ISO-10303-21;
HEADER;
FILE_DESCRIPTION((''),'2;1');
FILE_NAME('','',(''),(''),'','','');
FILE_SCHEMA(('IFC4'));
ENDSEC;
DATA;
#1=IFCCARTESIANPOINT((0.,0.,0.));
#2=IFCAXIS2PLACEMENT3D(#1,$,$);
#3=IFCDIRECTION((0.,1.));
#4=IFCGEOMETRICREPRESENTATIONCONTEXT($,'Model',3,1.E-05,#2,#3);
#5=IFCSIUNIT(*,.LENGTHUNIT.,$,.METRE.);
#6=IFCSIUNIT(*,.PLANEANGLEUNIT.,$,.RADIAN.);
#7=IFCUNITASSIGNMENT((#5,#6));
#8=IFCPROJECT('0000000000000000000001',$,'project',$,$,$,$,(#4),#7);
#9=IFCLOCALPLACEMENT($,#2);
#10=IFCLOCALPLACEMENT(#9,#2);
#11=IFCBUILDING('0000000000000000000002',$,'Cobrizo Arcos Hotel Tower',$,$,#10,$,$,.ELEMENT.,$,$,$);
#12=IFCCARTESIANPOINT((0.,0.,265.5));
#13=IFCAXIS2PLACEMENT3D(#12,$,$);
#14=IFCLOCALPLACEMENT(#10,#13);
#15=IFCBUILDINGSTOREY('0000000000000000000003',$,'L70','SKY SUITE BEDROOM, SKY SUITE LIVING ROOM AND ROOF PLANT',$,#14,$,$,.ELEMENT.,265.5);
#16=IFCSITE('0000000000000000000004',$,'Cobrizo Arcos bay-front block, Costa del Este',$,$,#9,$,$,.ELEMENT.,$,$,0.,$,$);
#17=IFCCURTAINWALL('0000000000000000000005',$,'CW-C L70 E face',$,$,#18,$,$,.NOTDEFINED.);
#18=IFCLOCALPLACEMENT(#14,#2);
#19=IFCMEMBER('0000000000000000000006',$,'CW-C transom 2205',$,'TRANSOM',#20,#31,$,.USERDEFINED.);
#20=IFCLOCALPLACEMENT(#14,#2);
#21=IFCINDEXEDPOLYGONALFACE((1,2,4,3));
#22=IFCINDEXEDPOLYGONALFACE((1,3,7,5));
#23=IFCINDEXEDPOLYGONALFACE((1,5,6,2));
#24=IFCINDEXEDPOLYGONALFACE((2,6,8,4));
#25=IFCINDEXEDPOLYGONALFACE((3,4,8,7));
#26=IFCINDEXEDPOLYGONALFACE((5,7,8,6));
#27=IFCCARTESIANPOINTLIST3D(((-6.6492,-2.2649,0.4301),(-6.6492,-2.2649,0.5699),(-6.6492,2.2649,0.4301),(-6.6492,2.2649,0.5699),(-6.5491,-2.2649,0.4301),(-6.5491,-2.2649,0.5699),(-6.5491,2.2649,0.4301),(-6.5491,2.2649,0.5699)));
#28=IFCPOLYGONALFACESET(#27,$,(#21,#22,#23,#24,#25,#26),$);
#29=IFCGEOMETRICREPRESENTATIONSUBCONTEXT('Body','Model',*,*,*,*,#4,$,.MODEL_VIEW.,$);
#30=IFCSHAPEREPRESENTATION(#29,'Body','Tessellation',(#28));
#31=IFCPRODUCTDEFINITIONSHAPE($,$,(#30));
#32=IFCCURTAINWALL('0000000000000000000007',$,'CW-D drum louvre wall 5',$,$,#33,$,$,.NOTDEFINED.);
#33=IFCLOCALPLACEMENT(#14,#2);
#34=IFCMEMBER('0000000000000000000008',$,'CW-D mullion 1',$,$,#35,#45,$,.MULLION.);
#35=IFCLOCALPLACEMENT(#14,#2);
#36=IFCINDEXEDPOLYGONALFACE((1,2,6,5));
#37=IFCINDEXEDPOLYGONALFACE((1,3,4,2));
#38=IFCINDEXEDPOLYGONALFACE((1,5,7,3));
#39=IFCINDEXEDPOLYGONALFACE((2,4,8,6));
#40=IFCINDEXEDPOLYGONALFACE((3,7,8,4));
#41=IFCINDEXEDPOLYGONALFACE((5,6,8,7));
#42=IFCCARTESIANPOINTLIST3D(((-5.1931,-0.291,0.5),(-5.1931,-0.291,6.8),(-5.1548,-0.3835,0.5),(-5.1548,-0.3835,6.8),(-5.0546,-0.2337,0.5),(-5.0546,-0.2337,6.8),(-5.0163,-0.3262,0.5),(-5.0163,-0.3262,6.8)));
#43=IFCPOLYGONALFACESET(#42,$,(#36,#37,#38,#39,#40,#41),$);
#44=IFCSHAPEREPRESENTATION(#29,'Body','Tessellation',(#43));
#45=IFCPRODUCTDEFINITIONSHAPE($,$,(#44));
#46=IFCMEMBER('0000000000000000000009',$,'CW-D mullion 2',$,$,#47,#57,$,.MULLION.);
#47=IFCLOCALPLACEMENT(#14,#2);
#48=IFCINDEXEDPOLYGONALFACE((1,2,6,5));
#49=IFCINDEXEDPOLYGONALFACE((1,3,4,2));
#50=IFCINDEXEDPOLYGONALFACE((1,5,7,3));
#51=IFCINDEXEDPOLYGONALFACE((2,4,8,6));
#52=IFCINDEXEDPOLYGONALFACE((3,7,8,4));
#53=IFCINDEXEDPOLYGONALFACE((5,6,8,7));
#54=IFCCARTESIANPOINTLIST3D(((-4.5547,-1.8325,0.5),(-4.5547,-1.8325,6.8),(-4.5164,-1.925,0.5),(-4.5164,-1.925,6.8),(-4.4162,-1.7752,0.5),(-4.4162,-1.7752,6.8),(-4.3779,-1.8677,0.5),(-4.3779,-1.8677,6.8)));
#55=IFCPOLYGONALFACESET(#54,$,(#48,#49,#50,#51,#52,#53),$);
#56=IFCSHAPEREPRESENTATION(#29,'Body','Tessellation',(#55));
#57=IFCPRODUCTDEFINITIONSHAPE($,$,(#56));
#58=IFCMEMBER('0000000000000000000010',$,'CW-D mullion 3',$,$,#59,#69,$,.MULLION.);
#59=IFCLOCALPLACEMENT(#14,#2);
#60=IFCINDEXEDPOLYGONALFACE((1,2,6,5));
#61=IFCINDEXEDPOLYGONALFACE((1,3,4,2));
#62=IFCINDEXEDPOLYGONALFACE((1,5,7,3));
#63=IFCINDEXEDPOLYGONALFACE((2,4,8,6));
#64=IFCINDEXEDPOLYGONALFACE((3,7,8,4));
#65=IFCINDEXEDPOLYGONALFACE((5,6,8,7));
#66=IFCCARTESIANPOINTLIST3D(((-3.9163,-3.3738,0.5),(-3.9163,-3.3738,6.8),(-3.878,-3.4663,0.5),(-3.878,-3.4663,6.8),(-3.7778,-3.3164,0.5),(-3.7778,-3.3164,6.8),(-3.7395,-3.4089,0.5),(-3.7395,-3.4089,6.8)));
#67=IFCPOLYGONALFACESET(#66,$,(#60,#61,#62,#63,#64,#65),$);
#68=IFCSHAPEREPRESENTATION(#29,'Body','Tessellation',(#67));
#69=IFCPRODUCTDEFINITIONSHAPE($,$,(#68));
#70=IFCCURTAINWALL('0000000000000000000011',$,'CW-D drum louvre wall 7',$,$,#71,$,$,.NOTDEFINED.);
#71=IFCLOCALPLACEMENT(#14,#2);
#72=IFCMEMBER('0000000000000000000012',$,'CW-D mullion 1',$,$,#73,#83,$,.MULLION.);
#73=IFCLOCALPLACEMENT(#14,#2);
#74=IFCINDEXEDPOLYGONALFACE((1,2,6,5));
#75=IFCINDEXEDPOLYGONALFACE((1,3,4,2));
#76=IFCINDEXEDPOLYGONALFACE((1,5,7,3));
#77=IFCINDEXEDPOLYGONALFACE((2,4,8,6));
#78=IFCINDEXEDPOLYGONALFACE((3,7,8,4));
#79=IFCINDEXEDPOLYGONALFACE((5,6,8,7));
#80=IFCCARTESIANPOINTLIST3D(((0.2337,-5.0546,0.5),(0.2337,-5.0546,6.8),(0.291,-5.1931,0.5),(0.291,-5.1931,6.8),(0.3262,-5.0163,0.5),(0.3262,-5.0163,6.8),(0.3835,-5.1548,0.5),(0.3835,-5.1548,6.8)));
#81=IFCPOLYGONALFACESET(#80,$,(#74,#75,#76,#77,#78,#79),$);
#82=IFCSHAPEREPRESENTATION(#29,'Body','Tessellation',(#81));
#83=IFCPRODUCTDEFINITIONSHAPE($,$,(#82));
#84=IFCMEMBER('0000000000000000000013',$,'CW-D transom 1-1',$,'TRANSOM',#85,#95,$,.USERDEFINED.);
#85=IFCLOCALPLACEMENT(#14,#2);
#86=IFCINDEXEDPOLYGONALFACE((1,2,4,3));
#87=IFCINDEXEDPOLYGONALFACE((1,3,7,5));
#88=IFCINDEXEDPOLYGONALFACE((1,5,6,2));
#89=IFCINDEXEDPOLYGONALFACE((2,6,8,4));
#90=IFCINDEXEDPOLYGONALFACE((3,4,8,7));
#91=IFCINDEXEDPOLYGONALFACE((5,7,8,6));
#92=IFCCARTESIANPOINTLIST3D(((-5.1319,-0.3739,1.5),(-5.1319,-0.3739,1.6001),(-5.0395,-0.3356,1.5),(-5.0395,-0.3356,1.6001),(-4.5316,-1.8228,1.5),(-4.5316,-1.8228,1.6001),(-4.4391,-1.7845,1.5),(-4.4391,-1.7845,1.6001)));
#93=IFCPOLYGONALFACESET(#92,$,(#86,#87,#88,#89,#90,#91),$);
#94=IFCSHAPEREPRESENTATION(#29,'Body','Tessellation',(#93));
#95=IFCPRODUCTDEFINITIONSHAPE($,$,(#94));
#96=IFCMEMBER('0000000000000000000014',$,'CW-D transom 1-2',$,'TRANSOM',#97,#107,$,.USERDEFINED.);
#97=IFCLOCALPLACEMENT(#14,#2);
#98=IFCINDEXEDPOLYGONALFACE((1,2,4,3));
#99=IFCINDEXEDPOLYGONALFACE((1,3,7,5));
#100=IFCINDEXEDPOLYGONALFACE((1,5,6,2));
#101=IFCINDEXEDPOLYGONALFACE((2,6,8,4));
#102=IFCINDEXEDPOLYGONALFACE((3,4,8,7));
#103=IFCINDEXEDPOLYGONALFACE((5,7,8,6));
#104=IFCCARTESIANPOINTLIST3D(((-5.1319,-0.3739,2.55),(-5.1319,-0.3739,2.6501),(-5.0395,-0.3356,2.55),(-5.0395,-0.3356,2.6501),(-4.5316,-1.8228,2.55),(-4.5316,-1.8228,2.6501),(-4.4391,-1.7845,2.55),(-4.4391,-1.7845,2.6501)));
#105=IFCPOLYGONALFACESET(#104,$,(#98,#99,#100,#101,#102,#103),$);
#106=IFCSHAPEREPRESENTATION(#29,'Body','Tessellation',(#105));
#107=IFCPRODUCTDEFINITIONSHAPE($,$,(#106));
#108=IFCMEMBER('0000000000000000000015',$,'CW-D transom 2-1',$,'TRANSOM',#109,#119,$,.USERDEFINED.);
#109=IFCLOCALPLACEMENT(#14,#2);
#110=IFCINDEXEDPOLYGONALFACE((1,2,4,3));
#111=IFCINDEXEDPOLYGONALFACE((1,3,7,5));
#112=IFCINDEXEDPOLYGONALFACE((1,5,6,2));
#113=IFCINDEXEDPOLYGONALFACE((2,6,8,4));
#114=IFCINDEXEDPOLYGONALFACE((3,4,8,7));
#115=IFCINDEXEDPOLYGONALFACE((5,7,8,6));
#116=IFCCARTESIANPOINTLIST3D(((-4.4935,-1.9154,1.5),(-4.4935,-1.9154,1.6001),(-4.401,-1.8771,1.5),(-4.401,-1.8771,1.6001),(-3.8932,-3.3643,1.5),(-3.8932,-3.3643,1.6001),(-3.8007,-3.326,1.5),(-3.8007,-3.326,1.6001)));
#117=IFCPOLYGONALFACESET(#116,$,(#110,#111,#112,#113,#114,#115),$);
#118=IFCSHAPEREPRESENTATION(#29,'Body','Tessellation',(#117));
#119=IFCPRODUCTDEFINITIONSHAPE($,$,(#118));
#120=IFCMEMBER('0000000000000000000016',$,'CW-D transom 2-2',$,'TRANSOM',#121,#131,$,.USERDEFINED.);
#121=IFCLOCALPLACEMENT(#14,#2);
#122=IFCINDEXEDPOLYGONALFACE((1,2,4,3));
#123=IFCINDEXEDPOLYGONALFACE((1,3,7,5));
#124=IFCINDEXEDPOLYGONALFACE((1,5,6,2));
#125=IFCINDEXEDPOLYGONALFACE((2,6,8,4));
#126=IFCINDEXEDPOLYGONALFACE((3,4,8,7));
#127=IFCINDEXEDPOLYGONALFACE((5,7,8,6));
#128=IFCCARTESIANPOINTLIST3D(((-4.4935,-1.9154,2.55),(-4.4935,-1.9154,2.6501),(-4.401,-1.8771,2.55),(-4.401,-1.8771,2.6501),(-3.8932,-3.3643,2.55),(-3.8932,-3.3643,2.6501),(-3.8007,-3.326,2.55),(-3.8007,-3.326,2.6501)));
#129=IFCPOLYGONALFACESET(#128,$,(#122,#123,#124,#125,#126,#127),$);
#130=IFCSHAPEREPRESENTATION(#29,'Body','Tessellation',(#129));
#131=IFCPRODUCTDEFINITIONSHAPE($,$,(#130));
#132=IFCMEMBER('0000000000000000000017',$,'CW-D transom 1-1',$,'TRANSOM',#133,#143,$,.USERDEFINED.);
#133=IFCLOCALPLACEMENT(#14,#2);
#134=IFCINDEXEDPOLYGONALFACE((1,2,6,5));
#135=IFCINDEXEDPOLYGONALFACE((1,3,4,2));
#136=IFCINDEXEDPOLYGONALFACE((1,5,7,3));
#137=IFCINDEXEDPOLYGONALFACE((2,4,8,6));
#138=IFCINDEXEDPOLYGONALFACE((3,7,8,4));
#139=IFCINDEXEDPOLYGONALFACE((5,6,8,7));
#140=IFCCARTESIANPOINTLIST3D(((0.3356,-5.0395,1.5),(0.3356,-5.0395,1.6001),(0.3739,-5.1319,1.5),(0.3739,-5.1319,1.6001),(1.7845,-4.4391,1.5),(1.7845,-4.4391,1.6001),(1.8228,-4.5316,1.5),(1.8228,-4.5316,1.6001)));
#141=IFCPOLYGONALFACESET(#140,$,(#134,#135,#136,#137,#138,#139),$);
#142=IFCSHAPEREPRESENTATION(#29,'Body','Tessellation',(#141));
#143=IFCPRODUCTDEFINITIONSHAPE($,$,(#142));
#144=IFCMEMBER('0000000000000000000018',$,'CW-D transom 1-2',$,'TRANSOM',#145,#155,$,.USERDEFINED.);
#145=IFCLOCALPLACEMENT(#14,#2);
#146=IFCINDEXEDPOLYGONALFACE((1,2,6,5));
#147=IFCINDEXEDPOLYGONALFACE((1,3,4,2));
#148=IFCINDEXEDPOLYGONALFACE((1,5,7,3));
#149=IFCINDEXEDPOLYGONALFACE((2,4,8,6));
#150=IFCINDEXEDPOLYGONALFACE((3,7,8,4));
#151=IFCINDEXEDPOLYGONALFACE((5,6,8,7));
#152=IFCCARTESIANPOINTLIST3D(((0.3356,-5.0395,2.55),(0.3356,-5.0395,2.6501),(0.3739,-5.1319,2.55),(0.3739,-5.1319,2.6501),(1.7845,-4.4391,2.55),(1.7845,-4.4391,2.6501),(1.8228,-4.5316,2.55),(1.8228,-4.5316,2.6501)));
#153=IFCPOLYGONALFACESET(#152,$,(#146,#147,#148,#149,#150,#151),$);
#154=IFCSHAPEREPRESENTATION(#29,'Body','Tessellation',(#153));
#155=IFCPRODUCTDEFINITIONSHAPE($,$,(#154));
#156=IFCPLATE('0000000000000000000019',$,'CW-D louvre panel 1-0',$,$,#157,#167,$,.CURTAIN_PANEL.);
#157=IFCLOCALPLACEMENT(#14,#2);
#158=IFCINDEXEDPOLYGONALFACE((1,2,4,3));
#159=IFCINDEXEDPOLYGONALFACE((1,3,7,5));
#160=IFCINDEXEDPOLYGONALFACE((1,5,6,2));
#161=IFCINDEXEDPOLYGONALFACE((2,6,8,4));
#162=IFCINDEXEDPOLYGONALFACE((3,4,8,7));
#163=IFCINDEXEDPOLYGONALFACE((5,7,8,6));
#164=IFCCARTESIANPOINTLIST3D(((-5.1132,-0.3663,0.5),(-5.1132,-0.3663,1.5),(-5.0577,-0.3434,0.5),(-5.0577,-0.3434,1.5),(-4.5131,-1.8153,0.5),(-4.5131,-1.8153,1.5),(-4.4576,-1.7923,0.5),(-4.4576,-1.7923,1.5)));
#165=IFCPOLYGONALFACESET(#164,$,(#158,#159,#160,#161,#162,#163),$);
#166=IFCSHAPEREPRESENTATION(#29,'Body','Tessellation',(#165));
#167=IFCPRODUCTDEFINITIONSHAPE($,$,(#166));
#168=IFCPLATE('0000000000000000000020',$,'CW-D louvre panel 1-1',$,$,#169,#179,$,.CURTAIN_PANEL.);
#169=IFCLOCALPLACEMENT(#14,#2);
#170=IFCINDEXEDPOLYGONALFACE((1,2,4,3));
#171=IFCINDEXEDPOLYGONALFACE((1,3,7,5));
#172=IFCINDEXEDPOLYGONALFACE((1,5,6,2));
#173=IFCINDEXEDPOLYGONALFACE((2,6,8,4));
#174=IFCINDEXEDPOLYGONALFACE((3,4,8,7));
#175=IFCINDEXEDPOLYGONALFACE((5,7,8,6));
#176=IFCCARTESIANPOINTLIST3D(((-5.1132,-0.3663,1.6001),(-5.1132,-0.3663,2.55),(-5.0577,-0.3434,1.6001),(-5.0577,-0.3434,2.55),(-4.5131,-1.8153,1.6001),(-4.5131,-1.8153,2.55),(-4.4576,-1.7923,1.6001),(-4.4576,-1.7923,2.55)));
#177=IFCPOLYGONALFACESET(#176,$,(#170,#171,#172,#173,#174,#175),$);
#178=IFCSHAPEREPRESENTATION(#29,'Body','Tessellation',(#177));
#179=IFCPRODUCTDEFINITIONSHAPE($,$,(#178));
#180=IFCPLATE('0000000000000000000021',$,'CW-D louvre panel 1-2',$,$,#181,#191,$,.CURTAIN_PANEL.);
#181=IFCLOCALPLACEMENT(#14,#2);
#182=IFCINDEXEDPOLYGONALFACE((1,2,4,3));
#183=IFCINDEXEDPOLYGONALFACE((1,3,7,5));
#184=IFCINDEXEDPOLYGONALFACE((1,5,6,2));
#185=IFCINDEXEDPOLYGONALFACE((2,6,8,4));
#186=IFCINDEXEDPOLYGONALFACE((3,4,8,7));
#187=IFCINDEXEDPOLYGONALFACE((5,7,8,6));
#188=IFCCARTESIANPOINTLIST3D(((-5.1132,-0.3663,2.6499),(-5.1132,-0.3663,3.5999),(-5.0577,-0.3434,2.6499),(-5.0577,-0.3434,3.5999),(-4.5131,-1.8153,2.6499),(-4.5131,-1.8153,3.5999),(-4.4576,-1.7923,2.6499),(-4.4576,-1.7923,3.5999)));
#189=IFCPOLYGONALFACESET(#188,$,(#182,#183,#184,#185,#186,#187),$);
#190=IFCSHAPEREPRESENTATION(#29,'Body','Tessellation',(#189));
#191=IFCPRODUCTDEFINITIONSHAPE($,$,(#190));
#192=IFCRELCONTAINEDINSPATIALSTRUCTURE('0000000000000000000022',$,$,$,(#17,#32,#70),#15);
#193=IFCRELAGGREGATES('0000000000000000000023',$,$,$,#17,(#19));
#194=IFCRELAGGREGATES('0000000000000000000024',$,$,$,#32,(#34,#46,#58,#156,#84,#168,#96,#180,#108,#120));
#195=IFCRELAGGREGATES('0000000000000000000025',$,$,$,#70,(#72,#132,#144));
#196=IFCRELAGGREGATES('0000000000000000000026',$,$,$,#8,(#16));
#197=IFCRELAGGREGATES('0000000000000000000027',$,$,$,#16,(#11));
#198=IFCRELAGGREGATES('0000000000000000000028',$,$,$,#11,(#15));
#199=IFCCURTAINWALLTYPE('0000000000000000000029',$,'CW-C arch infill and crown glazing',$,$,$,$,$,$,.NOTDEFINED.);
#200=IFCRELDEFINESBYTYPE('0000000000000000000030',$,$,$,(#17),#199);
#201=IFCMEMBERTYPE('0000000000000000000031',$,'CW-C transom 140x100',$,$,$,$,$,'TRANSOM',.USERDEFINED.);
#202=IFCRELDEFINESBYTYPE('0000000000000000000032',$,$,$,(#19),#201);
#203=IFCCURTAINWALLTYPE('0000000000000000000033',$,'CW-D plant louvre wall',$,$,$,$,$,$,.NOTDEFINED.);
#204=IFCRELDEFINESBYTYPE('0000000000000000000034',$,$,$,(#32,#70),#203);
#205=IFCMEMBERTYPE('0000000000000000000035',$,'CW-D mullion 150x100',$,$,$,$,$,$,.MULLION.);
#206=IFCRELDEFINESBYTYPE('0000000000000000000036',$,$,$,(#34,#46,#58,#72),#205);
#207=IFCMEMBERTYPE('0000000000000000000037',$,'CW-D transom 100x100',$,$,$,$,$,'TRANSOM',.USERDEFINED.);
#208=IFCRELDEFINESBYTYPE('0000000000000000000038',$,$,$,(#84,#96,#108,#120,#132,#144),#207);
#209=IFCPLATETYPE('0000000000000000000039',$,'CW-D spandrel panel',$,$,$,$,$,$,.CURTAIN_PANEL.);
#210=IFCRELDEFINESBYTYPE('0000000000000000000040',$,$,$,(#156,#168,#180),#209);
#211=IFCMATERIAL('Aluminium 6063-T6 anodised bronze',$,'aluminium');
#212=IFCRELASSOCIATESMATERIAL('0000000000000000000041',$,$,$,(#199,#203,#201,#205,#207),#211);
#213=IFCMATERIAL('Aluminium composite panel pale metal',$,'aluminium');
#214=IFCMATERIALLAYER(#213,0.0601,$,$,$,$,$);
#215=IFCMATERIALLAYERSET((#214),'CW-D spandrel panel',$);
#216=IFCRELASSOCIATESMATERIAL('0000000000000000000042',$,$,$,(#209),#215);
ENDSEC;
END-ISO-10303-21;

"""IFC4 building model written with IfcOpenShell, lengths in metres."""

from ifc_helpers import new_model, si_unit, direction, frame, origin, origin_2d, place, context, subcontext, project, spatial, rectangle, extrude, material, layer, layer_set, material_profile, profile_set, type_object, element, aggregate, save


model = new_model("IFC4")

# Units and contexts
model_context = context("Model", 3, precision=1e-05, world=origin(), true_north=direction((0.0, 1.0)))
body_context = subcontext(model_context, "Body", "Model", "MODEL_VIEW")
ifc_project = project(units=[si_unit("LENGTHUNIT", "METRE"), si_unit("PLANEANGLEUNIT", "RADIAN")], contexts=[model_context])

# Site, building, storey
site_placement = place(None, origin())
site = spatial("IfcSite", under=ifc_project, at=site_placement, Name="Cobrizo Arcos bay-front block, Costa del Este", CompositionType="ELEMENT", RefElevation=0.0)
building_placement = place(site_placement, origin())
building = spatial("IfcBuilding", under=site, at=building_placement, Name="Cobrizo Arcos Hotel Tower", CompositionType="ELEMENT")
storey_placement = place(building_placement, frame((0.0, 0.0, 265.5)))
storey = spatial("IfcBuildingStorey", under=building, at=storey_placement, Name="L70", Description="SKY SUITE BEDROOM, SKY SUITE LIVING ROOM AND ROOF PLANT", CompositionType="ELEMENT", Elevation=265.5)

# Curtain wall, member
ifc_material_1 = material(Name="Aluminium 6063-T6 anodised bronze", Category="aluminium")
curtain_wall_type_1 = type_object("IfcCurtainWallType", Name="CW-C arch infill and crown glazing", PredefinedType="NOTDEFINED", material=ifc_material_1)
curtain_wall_1_placement = place(storey_placement, origin())
curtain_wall_1 = element("IfcCurtainWall", 1, at=curtain_wall_1_placement, inside=storey, type_object=curtain_wall_type_1, Name="CW-C L70 E face", PredefinedType="NOTDEFINED")
ifc_material_profile_1 = material_profile(ifc_material_1, rectangle(XDim=0.1001, YDim=0.1399, at=origin_2d()), Name="CW-C transom 140x100")
ifc_profile_set_1 = profile_set([ifc_material_profile_1], Name="Aluminium 6063-T6 anodised bronze")
member_type_1 = type_object("IfcMemberType", Name="CW-C transom 140x100", ElementType="TRANSOM", PredefinedType="USERDEFINED", material=ifc_profile_set_1)
member_1_placement = place(storey_placement, frame((-6.5991, -2.2649, 0.5), z_axis=(0.0, 1.0, 0.0), x_axis=(-1.0, 0.0, 0.0)))
member_1 = element("IfcMember", 2, at=member_1_placement, type_object=member_type_1, Name="CW-C transom 2205", ObjectType="TRANSOM", PredefinedType="USERDEFINED", context=body_context, shape_type="SweptSolid", body=[
    extrude(rectangle(XDim=0.1001, YDim=0.1399, at=origin_2d()), origin(), (0.0, 0.0, 1.0), 4.5298),
])
aggregate(curtain_wall_1, [member_1])

# Curtain wall, members
curtain_wall_type_2 = type_object("IfcCurtainWallType", Name="CW-D plant louvre wall", PredefinedType="NOTDEFINED", material=ifc_material_1)
curtain_wall_2_placement = place(storey_placement, origin())
curtain_wall_2 = element("IfcCurtainWall", 3, at=curtain_wall_2_placement, inside=storey, type_object=curtain_wall_type_2, Name="CW-D drum louvre wall 5", PredefinedType="NOTDEFINED")
ifc_material_profile_2 = material_profile(ifc_material_1, rectangle(XDim=0.1499, YDim=0.1001, at=origin_2d()), Name="CW-D mullion 150x100")
ifc_profile_set_2 = profile_set([ifc_material_profile_2], Name="Aluminium 6063-T6 anodised bronze")
member_type_2 = type_object("IfcMemberType", Name="CW-D mullion 150x100", PredefinedType="MULLION", material=ifc_profile_set_2)
member_2_placement = place(storey_placement, frame((-5.1047, -0.3086, 0.5), z_axis=(0.0, 0.0, 1.0), x_axis=(-0.92388, -0.382683, 0.0)))
member_2 = element("IfcMember", 4, at=member_2_placement, type_object=member_type_2, Name="CW-D mullion 1", PredefinedType="MULLION", context=body_context, shape_type="SweptSolid", body=[
    extrude(rectangle(XDim=0.1499, YDim=0.1001, at=origin_2d()), origin(), (0.0, 0.0, 1.0), 6.3),
])
member_3_placement = place(storey_placement, frame((-4.4663, -1.8501, 0.5), z_axis=(0.0, 0.0, 1.0), x_axis=(-0.92388, -0.382683, 0.0)))
member_3 = element("IfcMember", 5, at=member_3_placement, type_object=member_type_2, Name="CW-D mullion 2", PredefinedType="MULLION", context=body_context, shape_type="SweptSolid", body=[
    extrude(rectangle(XDim=0.1499, YDim=0.1001, at=origin_2d()), origin(), (0.0, 0.0, 1.0), 6.3),
])
member_4_placement = place(storey_placement, frame((-3.8279, -3.3914, 0.5), z_axis=(0.0, 0.0, 1.0), x_axis=(-0.92388, -0.382683, 0.0)))
member_4 = element("IfcMember", 6, at=member_4_placement, type_object=member_type_2, Name="CW-D mullion 3", PredefinedType="MULLION", context=body_context, shape_type="SweptSolid", body=[
    extrude(rectangle(XDim=0.1499, YDim=0.1001, at=origin_2d()), origin(), (0.0, 0.0, 1.0), 6.3),
])

# Curtain wall, member
curtain_wall_3_placement = place(storey_placement, origin())
curtain_wall_3 = element("IfcCurtainWall", 7, at=curtain_wall_3_placement, inside=storey, type_object=curtain_wall_type_2, Name="CW-D drum louvre wall 7", PredefinedType="NOTDEFINED")
member_5_placement = place(storey_placement, frame((0.3086, -5.1047, 0.5), z_axis=(0.0, 0.0, 1.0), x_axis=(0.382683, -0.92388, 0.0)))
member_5 = element("IfcMember", 8, at=member_5_placement, type_object=member_type_2, Name="CW-D mullion 1", PredefinedType="MULLION", context=body_context, shape_type="SweptSolid", body=[
    extrude(rectangle(XDim=0.1499, YDim=0.1001, at=origin_2d()), origin(), (0.0, 0.0, 1.0), 6.3),
])

# Members
ifc_material_profile_3 = material_profile(ifc_material_1, rectangle(XDim=0.1001, YDim=0.1001, at=origin_2d()), Name="CW-D transom 100x100")
ifc_profile_set_3 = profile_set([ifc_material_profile_3], Name="Aluminium 6063-T6 anodised bronze")
member_type_3 = type_object("IfcMemberType", Name="CW-D transom 100x100", ElementType="TRANSOM", PredefinedType="USERDEFINED", material=ifc_profile_set_3)
member_6_placement = place(storey_placement, frame((-5.0857, -0.3547, 1.55), z_axis=(0.382769, -0.923844, 0.0), x_axis=(0.923844, 0.382769, 0.0)))
member_6 = element("IfcMember", 9, at=member_6_placement, type_object=member_type_3, Name="CW-D transom 1-1", ObjectType="TRANSOM", PredefinedType="USERDEFINED", context=body_context, shape_type="SweptSolid", body=[
    extrude(rectangle(XDim=0.1001, YDim=0.1001, at=origin_2d()), origin(), (0.0, 0.0, 1.0), 1.5684),
])
member_7_placement = place(storey_placement, frame((-5.0857, -0.3547, 2.6001), z_axis=(0.382769, -0.923844, 0.0), x_axis=(0.923844, 0.382769, 0.0)))
member_7 = element("IfcMember", 10, at=member_7_placement, type_object=member_type_3, Name="CW-D transom 1-2", ObjectType="TRANSOM", PredefinedType="USERDEFINED", context=body_context, shape_type="SweptSolid", body=[
    extrude(rectangle(XDim=0.1001, YDim=0.1001, at=origin_2d()), origin(), (0.0, 0.0, 1.0), 1.5684),
])
member_8_placement = place(storey_placement, frame((-4.4473, -1.8962, 1.55), z_axis=(0.382769, -0.923844, 0.0), x_axis=(0.923844, 0.382769, 0.0)))
member_8 = element("IfcMember", 11, at=member_8_placement, type_object=member_type_3, Name="CW-D transom 2-1", ObjectType="TRANSOM", PredefinedType="USERDEFINED", context=body_context, shape_type="SweptSolid", body=[
    extrude(rectangle(XDim=0.1001, YDim=0.1001, at=origin_2d()), origin(), (0.0, 0.0, 1.0), 1.5684),
])
member_9_placement = place(storey_placement, frame((-4.4473, -1.8962, 2.6001), z_axis=(0.382769, -0.923844, 0.0), x_axis=(0.923844, 0.382769, 0.0)))
member_9 = element("IfcMember", 12, at=member_9_placement, type_object=member_type_3, Name="CW-D transom 2-2", ObjectType="TRANSOM", PredefinedType="USERDEFINED", context=body_context, shape_type="SweptSolid", body=[
    extrude(rectangle(XDim=0.1001, YDim=0.1001, at=origin_2d()), origin(), (0.0, 0.0, 1.0), 1.5684),
])
member_10_placement = place(storey_placement, frame((0.3547, -5.0857, 1.55), z_axis=(0.923844, 0.382769, 0.0), x_axis=(-0.382769, 0.923844, 0.0)))
member_10 = element("IfcMember", 13, at=member_10_placement, type_object=member_type_3, Name="CW-D transom 1-1", ObjectType="TRANSOM", PredefinedType="USERDEFINED", context=body_context, shape_type="SweptSolid", body=[
    extrude(rectangle(XDim=0.1001, YDim=0.1001, at=origin_2d()), origin(), (0.0, 0.0, 1.0), 1.5684),
])
member_11_placement = place(storey_placement, frame((0.3547, -5.0857, 2.6001), z_axis=(0.923844, 0.382769, 0.0), x_axis=(-0.382769, 0.923844, 0.0)))
member_11 = element("IfcMember", 14, at=member_11_placement, type_object=member_type_3, Name="CW-D transom 1-2", ObjectType="TRANSOM", PredefinedType="USERDEFINED", context=body_context, shape_type="SweptSolid", body=[
    extrude(rectangle(XDim=0.1001, YDim=0.1001, at=origin_2d()), origin(), (0.0, 0.0, 1.0), 1.5684),
])

# Plates
ifc_material_2 = material(Name="Aluminium composite panel pale metal", Category="aluminium")
ifc_layer_1 = layer(ifc_material_2, 0.0601)
ifc_layer_set_1 = layer_set([ifc_layer_1], Name="CW-D spandrel panel")
plate_type = type_object("IfcPlateType", Name="CW-D spandrel panel", PredefinedType="CURTAIN_PANEL", material=ifc_layer_set_1)
plate_1_placement = place(storey_placement, frame((-4.7854, -1.0793, 0.5), z_axis=(0.0, 0.0, 1.0), x_axis=(0.382683, -0.92388, 0.0)))
plate_1 = element("IfcPlate", 15, at=plate_1_placement, type_object=plate_type, Name="CW-D louvre panel 1-0", PredefinedType="CURTAIN_PANEL", context=body_context, shape_type="SweptSolid", body=[
    extrude(rectangle(XDim=1.5684, YDim=0.0601, at=origin_2d()), origin(), (0.0, 0.0, 1.0), 1.0),
])
plate_2_placement = place(storey_placement, frame((-4.7854, -1.0793, 1.6001), z_axis=(0.0, 0.0, 1.0), x_axis=(0.382683, -0.92388, 0.0)))
plate_2 = element("IfcPlate", 16, at=plate_2_placement, type_object=plate_type, Name="CW-D louvre panel 1-1", PredefinedType="CURTAIN_PANEL", context=body_context, shape_type="SweptSolid", body=[
    extrude(rectangle(XDim=1.5684, YDim=0.0601, at=origin_2d()), origin(), (0.0, 0.0, 1.0), 0.95),
])
plate_3_placement = place(storey_placement, frame((-4.7854, -1.0793, 2.6499), z_axis=(0.0, 0.0, 1.0), x_axis=(0.382683, -0.92388, 0.0)))
plate_3 = element("IfcPlate", 17, at=plate_3_placement, type_object=plate_type, Name="CW-D louvre panel 1-2", PredefinedType="CURTAIN_PANEL", context=body_context, shape_type="SweptSolid", body=[
    extrude(rectangle(XDim=1.5684, YDim=0.0601, at=origin_2d()), origin(), (0.0, 0.0, 1.0), 0.95),
])
aggregate(curtain_wall_2, [member_2, member_3, member_4, plate_1, member_6, plate_2, member_7, plate_3, member_8, member_9])
aggregate(curtain_wall_3, [member_5, member_10, member_11])

save(model, "model.ifc")
